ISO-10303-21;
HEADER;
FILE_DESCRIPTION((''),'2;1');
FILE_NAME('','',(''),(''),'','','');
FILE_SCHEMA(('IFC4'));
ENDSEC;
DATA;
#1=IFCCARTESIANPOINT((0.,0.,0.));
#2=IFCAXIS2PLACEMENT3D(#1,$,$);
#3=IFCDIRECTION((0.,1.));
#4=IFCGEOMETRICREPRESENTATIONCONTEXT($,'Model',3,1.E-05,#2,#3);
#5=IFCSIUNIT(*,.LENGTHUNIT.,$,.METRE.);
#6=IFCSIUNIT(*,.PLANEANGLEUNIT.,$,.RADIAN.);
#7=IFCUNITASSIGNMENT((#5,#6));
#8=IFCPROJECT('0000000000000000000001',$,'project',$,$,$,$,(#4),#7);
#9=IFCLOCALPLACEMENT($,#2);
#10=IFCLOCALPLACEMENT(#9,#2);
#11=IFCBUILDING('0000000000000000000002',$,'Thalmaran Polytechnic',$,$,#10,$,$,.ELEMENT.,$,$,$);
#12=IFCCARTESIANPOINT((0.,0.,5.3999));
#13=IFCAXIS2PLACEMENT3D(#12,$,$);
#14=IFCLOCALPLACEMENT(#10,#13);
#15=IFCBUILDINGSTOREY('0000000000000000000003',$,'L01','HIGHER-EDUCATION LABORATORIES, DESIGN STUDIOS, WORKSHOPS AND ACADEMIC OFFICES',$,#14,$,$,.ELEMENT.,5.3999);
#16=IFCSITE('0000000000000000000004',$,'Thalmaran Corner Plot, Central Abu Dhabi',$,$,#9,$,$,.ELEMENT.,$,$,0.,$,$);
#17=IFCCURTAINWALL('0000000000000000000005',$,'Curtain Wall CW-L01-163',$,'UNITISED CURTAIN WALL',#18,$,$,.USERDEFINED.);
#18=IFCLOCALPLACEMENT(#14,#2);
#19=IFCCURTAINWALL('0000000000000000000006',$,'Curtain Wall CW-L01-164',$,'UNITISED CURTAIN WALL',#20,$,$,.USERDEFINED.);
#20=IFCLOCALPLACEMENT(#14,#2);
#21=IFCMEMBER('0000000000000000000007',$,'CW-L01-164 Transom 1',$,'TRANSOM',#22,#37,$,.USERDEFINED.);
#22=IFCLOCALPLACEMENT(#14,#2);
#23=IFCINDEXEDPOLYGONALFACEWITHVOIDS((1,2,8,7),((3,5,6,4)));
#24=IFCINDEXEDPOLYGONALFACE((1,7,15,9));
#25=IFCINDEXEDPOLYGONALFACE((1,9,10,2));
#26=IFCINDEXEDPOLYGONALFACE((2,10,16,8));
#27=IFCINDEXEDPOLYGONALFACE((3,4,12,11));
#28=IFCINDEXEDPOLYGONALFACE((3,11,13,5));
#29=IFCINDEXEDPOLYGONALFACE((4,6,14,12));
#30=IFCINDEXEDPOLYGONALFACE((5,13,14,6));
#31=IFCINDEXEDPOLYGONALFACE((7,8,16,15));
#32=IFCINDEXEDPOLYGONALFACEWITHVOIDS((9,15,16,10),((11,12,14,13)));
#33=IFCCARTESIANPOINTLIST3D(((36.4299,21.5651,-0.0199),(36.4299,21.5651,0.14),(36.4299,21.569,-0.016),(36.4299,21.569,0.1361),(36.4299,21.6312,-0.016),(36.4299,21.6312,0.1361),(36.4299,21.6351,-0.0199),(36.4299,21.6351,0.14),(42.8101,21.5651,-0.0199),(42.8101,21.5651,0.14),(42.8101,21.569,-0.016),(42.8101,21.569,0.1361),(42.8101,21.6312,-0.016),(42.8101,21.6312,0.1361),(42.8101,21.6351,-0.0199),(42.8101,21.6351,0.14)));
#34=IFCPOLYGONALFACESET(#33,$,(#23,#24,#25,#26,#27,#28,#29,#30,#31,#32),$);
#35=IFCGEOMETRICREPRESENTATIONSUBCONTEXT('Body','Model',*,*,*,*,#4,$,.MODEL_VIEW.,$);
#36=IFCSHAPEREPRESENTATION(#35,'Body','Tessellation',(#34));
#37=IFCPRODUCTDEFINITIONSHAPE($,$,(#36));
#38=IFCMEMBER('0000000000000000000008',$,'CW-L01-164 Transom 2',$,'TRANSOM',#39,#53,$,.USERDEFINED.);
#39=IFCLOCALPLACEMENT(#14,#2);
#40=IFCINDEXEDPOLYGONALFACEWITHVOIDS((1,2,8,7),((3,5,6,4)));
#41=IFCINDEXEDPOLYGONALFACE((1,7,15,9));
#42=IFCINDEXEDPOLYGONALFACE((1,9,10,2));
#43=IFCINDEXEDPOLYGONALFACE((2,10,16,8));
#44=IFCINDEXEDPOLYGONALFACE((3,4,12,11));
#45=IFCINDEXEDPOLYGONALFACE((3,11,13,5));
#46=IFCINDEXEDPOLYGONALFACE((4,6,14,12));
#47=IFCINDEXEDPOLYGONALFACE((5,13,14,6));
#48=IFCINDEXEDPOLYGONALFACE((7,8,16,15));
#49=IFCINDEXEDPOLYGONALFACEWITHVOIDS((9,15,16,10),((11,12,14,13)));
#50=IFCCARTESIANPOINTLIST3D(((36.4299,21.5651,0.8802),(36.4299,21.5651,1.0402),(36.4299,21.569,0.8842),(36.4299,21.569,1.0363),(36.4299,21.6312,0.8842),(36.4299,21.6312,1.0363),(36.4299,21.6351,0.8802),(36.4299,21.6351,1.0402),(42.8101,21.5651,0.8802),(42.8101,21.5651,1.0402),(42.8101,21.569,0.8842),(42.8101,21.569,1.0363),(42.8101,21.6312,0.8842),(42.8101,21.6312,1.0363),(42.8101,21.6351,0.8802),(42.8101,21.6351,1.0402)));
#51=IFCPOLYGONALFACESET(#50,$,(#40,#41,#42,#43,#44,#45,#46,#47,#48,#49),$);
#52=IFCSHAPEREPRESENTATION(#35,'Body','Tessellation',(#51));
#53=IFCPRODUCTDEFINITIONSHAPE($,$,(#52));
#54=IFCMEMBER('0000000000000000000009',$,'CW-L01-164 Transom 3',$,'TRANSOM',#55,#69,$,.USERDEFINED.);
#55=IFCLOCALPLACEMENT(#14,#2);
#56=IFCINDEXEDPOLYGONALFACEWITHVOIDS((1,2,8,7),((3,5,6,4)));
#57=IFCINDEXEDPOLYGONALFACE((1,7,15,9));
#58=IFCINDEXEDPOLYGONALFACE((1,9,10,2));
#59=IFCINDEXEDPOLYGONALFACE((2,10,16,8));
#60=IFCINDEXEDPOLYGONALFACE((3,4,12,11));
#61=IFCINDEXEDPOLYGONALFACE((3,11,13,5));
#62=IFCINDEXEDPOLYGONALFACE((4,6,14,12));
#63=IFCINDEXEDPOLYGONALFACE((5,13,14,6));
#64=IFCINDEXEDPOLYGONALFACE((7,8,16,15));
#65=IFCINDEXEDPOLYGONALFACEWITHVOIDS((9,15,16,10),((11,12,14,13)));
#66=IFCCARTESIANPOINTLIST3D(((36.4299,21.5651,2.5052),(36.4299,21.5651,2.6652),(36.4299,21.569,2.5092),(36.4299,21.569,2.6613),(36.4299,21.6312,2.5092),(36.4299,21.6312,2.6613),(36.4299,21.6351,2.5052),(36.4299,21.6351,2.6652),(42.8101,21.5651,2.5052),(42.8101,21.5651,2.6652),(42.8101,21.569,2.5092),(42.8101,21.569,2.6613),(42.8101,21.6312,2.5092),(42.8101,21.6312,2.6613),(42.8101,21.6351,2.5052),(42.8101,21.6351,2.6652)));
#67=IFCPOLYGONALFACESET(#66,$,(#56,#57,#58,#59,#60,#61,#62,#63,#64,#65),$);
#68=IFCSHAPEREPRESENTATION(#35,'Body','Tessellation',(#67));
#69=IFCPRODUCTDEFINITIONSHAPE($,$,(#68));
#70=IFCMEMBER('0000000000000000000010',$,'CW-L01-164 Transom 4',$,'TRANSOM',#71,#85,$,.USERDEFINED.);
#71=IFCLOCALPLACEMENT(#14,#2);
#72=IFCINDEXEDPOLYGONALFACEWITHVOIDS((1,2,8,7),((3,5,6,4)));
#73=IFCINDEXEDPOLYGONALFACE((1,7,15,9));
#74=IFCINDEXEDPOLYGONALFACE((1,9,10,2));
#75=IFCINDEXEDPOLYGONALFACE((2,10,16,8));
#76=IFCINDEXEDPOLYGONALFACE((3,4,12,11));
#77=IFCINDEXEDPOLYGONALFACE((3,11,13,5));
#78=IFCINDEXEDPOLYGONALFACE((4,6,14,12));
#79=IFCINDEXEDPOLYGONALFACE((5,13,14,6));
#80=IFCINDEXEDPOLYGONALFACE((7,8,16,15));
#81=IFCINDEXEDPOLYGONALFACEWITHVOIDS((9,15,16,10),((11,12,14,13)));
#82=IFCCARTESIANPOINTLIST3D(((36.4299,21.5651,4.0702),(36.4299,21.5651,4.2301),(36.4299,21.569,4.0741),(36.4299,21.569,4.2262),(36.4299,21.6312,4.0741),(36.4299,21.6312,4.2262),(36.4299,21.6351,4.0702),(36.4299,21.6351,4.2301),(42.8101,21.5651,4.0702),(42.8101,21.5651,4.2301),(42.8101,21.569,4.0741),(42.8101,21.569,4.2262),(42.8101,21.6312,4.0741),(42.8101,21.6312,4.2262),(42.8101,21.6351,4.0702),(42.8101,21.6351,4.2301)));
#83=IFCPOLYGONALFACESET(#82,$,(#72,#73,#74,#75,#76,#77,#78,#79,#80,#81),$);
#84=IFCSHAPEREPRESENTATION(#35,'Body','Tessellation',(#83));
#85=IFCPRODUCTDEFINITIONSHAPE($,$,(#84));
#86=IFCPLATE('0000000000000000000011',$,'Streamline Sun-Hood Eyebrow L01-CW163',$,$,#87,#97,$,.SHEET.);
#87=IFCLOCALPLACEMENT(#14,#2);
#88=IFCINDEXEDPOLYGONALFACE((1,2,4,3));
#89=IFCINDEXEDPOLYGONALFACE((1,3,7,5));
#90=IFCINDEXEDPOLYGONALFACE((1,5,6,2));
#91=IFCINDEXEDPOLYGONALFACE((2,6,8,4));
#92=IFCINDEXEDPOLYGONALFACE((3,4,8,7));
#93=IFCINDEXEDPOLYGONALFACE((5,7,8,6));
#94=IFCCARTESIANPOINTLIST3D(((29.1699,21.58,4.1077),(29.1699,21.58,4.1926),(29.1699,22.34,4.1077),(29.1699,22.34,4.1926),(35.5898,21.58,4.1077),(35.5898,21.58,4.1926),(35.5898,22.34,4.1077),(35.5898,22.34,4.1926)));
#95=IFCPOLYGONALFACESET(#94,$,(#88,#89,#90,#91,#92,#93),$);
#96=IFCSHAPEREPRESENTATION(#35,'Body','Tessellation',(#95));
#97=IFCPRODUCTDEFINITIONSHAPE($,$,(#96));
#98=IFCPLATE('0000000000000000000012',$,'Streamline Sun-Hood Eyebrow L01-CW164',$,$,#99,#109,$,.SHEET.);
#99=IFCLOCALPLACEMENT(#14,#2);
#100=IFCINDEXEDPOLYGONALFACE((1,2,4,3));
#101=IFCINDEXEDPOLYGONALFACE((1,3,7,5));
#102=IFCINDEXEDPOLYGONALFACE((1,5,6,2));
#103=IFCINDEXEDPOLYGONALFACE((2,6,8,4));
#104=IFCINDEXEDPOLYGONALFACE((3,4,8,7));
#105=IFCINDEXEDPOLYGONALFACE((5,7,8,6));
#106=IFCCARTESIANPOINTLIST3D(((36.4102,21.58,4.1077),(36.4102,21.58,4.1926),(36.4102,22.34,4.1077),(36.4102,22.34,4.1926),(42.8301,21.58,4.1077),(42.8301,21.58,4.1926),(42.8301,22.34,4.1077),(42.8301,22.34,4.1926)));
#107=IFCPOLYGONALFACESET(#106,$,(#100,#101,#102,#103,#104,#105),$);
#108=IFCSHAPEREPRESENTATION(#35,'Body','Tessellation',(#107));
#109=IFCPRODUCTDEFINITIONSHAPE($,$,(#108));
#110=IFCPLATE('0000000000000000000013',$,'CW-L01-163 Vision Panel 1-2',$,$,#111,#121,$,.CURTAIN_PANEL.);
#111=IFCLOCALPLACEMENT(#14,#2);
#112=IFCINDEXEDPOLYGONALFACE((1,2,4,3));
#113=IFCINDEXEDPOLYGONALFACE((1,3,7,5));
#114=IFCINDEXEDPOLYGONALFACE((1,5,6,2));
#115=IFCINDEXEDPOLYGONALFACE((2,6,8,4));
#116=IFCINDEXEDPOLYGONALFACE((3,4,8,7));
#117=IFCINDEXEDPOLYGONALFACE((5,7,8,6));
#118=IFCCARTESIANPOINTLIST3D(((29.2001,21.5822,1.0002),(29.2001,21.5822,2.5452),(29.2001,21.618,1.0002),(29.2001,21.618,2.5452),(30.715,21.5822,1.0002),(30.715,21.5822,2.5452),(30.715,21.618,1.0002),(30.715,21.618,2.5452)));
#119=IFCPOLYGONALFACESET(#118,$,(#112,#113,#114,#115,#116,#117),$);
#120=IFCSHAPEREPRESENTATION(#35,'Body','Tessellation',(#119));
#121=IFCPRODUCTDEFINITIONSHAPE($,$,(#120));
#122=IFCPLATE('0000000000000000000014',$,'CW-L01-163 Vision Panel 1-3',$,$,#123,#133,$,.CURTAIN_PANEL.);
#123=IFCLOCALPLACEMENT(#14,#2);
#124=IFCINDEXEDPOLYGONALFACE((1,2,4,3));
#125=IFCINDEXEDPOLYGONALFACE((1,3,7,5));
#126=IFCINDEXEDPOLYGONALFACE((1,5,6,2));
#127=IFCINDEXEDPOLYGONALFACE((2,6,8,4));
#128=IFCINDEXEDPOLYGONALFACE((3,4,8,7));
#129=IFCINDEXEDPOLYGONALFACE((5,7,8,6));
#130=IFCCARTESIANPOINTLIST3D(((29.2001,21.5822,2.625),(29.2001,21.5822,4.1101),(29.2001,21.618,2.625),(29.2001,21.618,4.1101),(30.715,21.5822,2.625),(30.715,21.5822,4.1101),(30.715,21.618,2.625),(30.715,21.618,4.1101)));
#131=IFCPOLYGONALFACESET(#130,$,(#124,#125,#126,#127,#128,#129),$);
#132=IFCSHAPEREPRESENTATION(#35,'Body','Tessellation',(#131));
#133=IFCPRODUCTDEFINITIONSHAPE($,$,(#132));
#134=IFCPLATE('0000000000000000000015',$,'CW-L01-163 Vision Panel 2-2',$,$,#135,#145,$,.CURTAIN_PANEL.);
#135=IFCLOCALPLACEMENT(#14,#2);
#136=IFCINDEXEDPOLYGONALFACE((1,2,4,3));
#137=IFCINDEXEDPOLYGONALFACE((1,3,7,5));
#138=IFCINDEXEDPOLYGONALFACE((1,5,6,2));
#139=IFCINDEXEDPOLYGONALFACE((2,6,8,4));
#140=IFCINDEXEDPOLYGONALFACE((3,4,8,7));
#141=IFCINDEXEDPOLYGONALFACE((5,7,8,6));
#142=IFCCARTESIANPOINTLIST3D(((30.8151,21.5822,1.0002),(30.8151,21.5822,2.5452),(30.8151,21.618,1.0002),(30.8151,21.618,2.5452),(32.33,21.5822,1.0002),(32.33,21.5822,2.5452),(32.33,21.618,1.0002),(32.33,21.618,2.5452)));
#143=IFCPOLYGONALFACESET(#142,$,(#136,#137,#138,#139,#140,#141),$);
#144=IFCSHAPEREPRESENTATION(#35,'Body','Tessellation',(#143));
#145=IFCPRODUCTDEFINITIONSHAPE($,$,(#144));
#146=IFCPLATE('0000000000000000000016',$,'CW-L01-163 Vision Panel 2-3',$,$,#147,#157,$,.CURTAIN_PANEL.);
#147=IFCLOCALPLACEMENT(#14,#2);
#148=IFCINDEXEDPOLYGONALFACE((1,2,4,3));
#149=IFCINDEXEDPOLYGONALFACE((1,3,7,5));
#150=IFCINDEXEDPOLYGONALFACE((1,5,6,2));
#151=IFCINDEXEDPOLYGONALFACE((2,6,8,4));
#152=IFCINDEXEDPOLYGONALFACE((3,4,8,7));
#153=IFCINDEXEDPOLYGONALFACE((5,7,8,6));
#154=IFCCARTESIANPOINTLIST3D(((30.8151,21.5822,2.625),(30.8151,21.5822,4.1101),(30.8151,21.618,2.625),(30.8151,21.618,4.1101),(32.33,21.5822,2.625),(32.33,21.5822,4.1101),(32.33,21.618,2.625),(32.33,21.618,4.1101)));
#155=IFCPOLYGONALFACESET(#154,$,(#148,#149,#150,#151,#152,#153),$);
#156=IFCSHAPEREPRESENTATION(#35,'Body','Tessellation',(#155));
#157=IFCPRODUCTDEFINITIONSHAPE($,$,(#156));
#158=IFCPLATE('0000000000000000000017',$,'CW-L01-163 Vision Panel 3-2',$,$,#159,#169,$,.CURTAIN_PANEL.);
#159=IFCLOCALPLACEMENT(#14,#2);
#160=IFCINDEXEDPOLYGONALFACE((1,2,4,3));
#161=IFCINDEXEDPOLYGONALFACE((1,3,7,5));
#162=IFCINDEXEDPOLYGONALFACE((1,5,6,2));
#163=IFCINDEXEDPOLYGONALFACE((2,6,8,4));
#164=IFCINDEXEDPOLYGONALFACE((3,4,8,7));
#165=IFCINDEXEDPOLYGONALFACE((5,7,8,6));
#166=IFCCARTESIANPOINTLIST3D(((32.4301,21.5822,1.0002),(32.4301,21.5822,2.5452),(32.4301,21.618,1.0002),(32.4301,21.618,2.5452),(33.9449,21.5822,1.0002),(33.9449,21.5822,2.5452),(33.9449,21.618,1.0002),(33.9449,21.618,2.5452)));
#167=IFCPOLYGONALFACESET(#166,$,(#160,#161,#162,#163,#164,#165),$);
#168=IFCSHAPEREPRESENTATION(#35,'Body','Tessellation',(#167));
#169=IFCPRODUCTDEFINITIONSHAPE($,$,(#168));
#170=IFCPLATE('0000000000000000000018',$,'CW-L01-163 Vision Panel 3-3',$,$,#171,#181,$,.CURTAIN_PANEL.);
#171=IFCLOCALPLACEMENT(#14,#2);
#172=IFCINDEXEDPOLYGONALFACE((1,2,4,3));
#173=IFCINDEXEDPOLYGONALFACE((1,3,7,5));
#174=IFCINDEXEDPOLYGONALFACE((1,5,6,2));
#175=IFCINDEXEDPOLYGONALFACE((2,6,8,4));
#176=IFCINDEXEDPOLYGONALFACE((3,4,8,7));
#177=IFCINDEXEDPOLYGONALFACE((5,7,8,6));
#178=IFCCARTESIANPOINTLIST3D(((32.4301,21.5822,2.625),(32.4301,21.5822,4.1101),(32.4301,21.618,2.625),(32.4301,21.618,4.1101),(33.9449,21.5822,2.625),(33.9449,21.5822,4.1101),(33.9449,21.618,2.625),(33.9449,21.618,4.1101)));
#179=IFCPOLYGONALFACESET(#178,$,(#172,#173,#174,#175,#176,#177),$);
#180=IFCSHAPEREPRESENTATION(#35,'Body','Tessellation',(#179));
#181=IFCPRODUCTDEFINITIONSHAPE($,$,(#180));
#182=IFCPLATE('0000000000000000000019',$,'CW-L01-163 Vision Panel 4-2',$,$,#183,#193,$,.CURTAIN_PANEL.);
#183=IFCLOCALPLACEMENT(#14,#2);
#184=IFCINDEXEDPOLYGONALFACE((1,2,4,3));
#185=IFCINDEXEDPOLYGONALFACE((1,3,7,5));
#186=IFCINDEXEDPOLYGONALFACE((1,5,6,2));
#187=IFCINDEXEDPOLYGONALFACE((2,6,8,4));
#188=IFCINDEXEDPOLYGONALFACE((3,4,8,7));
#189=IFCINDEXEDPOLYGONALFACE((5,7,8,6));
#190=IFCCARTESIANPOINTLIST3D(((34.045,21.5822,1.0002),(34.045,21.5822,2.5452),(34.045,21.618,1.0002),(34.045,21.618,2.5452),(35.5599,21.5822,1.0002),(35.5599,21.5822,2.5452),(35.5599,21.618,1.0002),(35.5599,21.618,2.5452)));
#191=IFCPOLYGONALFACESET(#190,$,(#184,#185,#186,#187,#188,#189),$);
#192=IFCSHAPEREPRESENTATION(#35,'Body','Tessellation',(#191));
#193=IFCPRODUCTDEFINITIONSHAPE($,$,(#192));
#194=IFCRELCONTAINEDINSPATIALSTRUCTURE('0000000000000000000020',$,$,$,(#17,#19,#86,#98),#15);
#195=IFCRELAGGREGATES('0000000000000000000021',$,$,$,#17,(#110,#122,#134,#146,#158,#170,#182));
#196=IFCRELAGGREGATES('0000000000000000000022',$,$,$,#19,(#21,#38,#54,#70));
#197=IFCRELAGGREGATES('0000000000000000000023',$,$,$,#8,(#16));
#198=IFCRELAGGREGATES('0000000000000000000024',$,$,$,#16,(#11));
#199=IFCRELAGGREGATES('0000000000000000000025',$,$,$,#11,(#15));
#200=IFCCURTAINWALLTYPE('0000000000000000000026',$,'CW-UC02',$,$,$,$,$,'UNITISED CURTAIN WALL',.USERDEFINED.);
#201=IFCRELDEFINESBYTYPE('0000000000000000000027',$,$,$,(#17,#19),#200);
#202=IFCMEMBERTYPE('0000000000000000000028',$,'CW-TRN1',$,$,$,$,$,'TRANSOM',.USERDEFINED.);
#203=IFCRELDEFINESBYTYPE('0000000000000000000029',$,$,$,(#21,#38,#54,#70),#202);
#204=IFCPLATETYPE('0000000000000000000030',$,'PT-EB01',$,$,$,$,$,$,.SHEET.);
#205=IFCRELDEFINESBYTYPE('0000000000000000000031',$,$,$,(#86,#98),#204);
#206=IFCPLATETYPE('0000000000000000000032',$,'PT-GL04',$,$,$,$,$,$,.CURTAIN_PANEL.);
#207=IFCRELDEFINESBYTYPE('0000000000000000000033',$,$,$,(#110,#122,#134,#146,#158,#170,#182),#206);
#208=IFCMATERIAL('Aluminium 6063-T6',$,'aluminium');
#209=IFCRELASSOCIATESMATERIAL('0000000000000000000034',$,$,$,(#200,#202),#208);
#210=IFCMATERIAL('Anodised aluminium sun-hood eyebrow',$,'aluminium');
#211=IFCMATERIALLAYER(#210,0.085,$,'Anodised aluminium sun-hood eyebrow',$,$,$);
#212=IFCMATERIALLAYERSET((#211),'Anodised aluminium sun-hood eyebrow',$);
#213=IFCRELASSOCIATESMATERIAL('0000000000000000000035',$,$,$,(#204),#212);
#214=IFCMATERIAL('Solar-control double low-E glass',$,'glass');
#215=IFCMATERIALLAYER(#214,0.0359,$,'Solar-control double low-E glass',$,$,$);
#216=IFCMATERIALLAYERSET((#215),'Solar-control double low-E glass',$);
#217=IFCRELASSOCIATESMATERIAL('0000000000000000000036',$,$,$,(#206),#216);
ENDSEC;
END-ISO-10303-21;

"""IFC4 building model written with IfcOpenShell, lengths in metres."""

from ifc_helpers import new_model, si_unit, direction, frame, origin, origin_2d, place, context, subcontext, project, spatial, rectangle, hollow_rectangle, extrude, material, layer, layer_set, material_profile, profile_set, type_object, element, aggregate, save


model = new_model("IFC4")

# Units and contexts
model_context = context("Model", 3, precision=1e-05, world=origin(), true_north=direction((0.0, 1.0)))
body_context = subcontext(model_context, "Body", "Model", "MODEL_VIEW")
ifc_project = project(units=[si_unit("LENGTHUNIT", "METRE"), si_unit("PLANEANGLEUNIT", "RADIAN")], contexts=[model_context])

# Site, building, storey
site_placement = place(None, origin())
site = spatial("IfcSite", under=ifc_project, at=site_placement, Name="Thalmaran Corner Plot, Central Abu Dhabi", CompositionType="ELEMENT", RefElevation=0.0)
building_placement = place(site_placement, origin())
building = spatial("IfcBuilding", under=site, at=building_placement, Name="Thalmaran Polytechnic", CompositionType="ELEMENT")
storey_placement = place(building_placement, frame((0.0, 0.0, 5.3999)))
storey = spatial("IfcBuildingStorey", under=building, at=storey_placement, Name="L01", Description="HIGHER-EDUCATION LABORATORIES, DESIGN STUDIOS, WORKSHOPS AND ACADEMIC OFFICES", CompositionType="ELEMENT", Elevation=5.3999)

# Curtain walls
ifc_material_1 = material(Name="Aluminium 6063-T6", Category="aluminium")
curtain_wall_type = type_object("IfcCurtainWallType", Name="CW-UC02", ElementType="UNITISED CURTAIN WALL", PredefinedType="USERDEFINED", material=ifc_material_1)
curtain_wall_1_placement = place(storey_placement, origin())
curtain_wall_1 = element("IfcCurtainWall", 1, at=curtain_wall_1_placement, inside=storey, type_object=curtain_wall_type, Name="Curtain Wall CW-L01-163", ObjectType="UNITISED CURTAIN WALL", PredefinedType="USERDEFINED")
curtain_wall_2_placement = place(storey_placement, origin())
curtain_wall_2 = element("IfcCurtainWall", 2, at=curtain_wall_2_placement, inside=storey, type_object=curtain_wall_type, Name="Curtain Wall CW-L01-164", ObjectType="UNITISED CURTAIN WALL", PredefinedType="USERDEFINED")

# Members
ifc_material_profile_1 = material_profile(ifc_material_1, hollow_rectangle(XDim=0.0701, YDim=0.1599, WallThickness=0.0039, at=origin_2d()), Name="AL 160x70x4.0")
ifc_profile_set_1 = profile_set([ifc_material_profile_1], Name="Aluminium 6063-T6")
member_type_1 = type_object("IfcMemberType", Name="CW-TRN1", ElementType="TRANSOM", PredefinedType="USERDEFINED", material=ifc_profile_set_1)
member_1_placement = place(storey_placement, frame((36.4299, 21.6001, 0.0601), z_axis=(1.0, 0.0, 0.0), x_axis=(0.0, 1.0, 0.0)))
member_1 = element("IfcMember", 3, at=member_1_placement, type_object=member_type_1, Name="CW-L01-164 Transom 1", ObjectType="TRANSOM", PredefinedType="USERDEFINED", context=body_context, shape_type="SweptSolid", body=[
    extrude(hollow_rectangle(XDim=0.0701, YDim=0.1599, WallThickness=0.0039, at=origin_2d()), origin(), (0.0, 0.0, 1.0), 6.3801),
])
member_2_placement = place(storey_placement, frame((36.4299, 21.6001, 0.9602), z_axis=(1.0, 0.0, 0.0), x_axis=(0.0, 1.0, 0.0)))
member_2 = element("IfcMember", 4, at=member_2_placement, type_object=member_type_1, Name="CW-L01-164 Transom 2", ObjectType="TRANSOM", PredefinedType="USERDEFINED", context=body_context, shape_type="SweptSolid", body=[
    extrude(hollow_rectangle(XDim=0.0701, YDim=0.1599, WallThickness=0.0039, at=origin_2d()), origin(), (0.0, 0.0, 1.0), 6.3801),
])
member_3_placement = place(storey_placement, frame((36.4299, 21.6001, 2.5852), z_axis=(1.0, 0.0, 0.0), x_axis=(0.0, 1.0, 0.0)))
member_3 = element("IfcMember", 5, at=member_3_placement, type_object=member_type_1, Name="CW-L01-164 Transom 3", ObjectType="TRANSOM", PredefinedType="USERDEFINED", context=body_context, shape_type="SweptSolid", body=[
    extrude(hollow_rectangle(XDim=0.0701, YDim=0.1599, WallThickness=0.0039, at=origin_2d()), origin(), (0.0, 0.0, 1.0), 6.3801),
])
member_4_placement = place(storey_placement, frame((36.4299, 21.6001, 4.1501), z_axis=(1.0, 0.0, 0.0), x_axis=(0.0, 1.0, 0.0)))
member_4 = element("IfcMember", 6, at=member_4_placement, type_object=member_type_1, Name="CW-L01-164 Transom 4", ObjectType="TRANSOM", PredefinedType="USERDEFINED", context=body_context, shape_type="SweptSolid", body=[
    extrude(hollow_rectangle(XDim=0.0701, YDim=0.1599, WallThickness=0.0039, at=origin_2d()), origin(), (0.0, 0.0, 1.0), 6.3801),
])

# Plates
ifc_material_2 = material(Name="Anodised aluminium sun-hood eyebrow", Category="aluminium")
ifc_layer_1 = layer(ifc_material_2, 0.085, Name="Anodised aluminium sun-hood eyebrow")
ifc_layer_set_1 = layer_set([ifc_layer_1], Name="Anodised aluminium sun-hood eyebrow")
plate_type_1 = type_object("IfcPlateType", Name="PT-EB01", PredefinedType="SHEET", material=ifc_layer_set_1)
for number, where, z_axis, x_axis, name in (
    (7, (32.3799, 21.96, 4.1077), (0.0, 0.0, 1.0), (1.0, 0.0, 0.0), "Streamline Sun-Hood Eyebrow L01-CW163"),
    (8, (39.6201, 21.96, 4.1077), (0.0, 0.0, 1.0), (1.0, 0.0, 0.0), "Streamline Sun-Hood Eyebrow L01-CW164"),
):
    element("IfcPlate", number, at=place(storey_placement, frame(where, z_axis=z_axis, x_axis=x_axis)), inside=storey, type_object=plate_type_1, Name=name, PredefinedType="SHEET", context=body_context, shape_type="SweptSolid", body=[
        extrude(rectangle(XDim=6.4199, YDim=0.76, at=origin_2d()), origin(), (0.0, 0.0, 1.0), 0.085),
    ])

# Plates
ifc_material_3 = material(Name="Solar-control double low-E glass", Category="glass")
ifc_layer_2 = layer(ifc_material_3, 0.0359, Name="Solar-control double low-E glass")
ifc_layer_set_2 = layer_set([ifc_layer_2], Name="Solar-control double low-E glass")
plate_type_2 = type_object("IfcPlateType", Name="PT-GL04", PredefinedType="CURTAIN_PANEL", material=ifc_layer_set_2)
plate_1_placement = place(storey_placement, frame((29.9575, 21.6001, 1.0002), z_axis=(0.0, 0.0, 1.0), x_axis=(1.0, 0.0, 0.0)))
plate_1 = element("IfcPlate", 9, at=plate_1_placement, type_object=plate_type_2, Name="CW-L01-163 Vision Panel 1-2", PredefinedType="CURTAIN_PANEL", context=body_context, shape_type="SweptSolid", body=[
    extrude(rectangle(XDim=1.5149, YDim=0.0359, at=origin_2d()), origin(), (0.0, 0.0, 1.0), 1.5449),
])
plate_2_placement = place(storey_placement, frame((29.9575, 21.6001, 2.625), z_axis=(0.0, 0.0, 1.0), x_axis=(1.0, 0.0, 0.0)))
plate_2 = element("IfcPlate", 10, at=plate_2_placement, type_object=plate_type_2, Name="CW-L01-163 Vision Panel 1-3", PredefinedType="CURTAIN_PANEL", context=body_context, shape_type="SweptSolid", body=[
    extrude(rectangle(XDim=1.5149, YDim=0.0359, at=origin_2d()), origin(), (0.0, 0.0, 1.0), 1.4851),
])
plate_3_placement = place(storey_placement, frame((31.5725, 21.6001, 1.0002), z_axis=(0.0, 0.0, 1.0), x_axis=(1.0, 0.0, 0.0)))
plate_3 = element("IfcPlate", 11, at=plate_3_placement, type_object=plate_type_2, Name="CW-L01-163 Vision Panel 2-2", PredefinedType="CURTAIN_PANEL", context=body_context, shape_type="SweptSolid", body=[
    extrude(rectangle(XDim=1.5149, YDim=0.0359, at=origin_2d()), origin(), (0.0, 0.0, 1.0), 1.5449),
])
plate_4_placement = place(storey_placement, frame((31.5725, 21.6001, 2.625), z_axis=(0.0, 0.0, 1.0), x_axis=(1.0, 0.0, 0.0)))
plate_4 = element("IfcPlate", 12, at=plate_4_placement, type_object=plate_type_2, Name="CW-L01-163 Vision Panel 2-3", PredefinedType="CURTAIN_PANEL", context=body_context, shape_type="SweptSolid", body=[
    extrude(rectangle(XDim=1.5149, YDim=0.0359, at=origin_2d()), origin(), (0.0, 0.0, 1.0), 1.4851),
])
plate_5_placement = place(storey_placement, frame((33.1875, 21.6001, 1.0002), z_axis=(0.0, 0.0, 1.0), x_axis=(1.0, 0.0, 0.0)))
plate_5 = element("IfcPlate", 13, at=plate_5_placement, type_object=plate_type_2, Name="CW-L01-163 Vision Panel 3-2", PredefinedType="CURTAIN_PANEL", context=body_context, shape_type="SweptSolid", body=[
    extrude(rectangle(XDim=1.5149, YDim=0.0359, at=origin_2d()), origin(), (0.0, 0.0, 1.0), 1.5449),
])
plate_6_placement = place(storey_placement, frame((33.1875, 21.6001, 2.625), z_axis=(0.0, 0.0, 1.0), x_axis=(1.0, 0.0, 0.0)))
plate_6 = element("IfcPlate", 14, at=plate_6_placement, type_object=plate_type_2, Name="CW-L01-163 Vision Panel 3-3", PredefinedType="CURTAIN_PANEL", context=body_context, shape_type="SweptSolid", body=[
    extrude(rectangle(XDim=1.5149, YDim=0.0359, at=origin_2d()), origin(), (0.0, 0.0, 1.0), 1.4851),
])
plate_7_placement = place(storey_placement, frame((34.8025, 21.6001, 1.0002), z_axis=(0.0, 0.0, 1.0), x_axis=(1.0, 0.0, 0.0)))
plate_7 = element("IfcPlate", 15, at=plate_7_placement, type_object=plate_type_2, Name="CW-L01-163 Vision Panel 4-2", PredefinedType="CURTAIN_PANEL", context=body_context, shape_type="SweptSolid", body=[
    extrude(rectangle(XDim=1.5149, YDim=0.0359, at=origin_2d()), origin(), (0.0, 0.0, 1.0), 1.5449),
])
aggregate(curtain_wall_1, [plate_1, plate_2, plate_3, plate_4, plate_5, plate_6, plate_7])
aggregate(curtain_wall_2, [member_1, member_2, member_3, member_4])

save(model, "model.ifc")
